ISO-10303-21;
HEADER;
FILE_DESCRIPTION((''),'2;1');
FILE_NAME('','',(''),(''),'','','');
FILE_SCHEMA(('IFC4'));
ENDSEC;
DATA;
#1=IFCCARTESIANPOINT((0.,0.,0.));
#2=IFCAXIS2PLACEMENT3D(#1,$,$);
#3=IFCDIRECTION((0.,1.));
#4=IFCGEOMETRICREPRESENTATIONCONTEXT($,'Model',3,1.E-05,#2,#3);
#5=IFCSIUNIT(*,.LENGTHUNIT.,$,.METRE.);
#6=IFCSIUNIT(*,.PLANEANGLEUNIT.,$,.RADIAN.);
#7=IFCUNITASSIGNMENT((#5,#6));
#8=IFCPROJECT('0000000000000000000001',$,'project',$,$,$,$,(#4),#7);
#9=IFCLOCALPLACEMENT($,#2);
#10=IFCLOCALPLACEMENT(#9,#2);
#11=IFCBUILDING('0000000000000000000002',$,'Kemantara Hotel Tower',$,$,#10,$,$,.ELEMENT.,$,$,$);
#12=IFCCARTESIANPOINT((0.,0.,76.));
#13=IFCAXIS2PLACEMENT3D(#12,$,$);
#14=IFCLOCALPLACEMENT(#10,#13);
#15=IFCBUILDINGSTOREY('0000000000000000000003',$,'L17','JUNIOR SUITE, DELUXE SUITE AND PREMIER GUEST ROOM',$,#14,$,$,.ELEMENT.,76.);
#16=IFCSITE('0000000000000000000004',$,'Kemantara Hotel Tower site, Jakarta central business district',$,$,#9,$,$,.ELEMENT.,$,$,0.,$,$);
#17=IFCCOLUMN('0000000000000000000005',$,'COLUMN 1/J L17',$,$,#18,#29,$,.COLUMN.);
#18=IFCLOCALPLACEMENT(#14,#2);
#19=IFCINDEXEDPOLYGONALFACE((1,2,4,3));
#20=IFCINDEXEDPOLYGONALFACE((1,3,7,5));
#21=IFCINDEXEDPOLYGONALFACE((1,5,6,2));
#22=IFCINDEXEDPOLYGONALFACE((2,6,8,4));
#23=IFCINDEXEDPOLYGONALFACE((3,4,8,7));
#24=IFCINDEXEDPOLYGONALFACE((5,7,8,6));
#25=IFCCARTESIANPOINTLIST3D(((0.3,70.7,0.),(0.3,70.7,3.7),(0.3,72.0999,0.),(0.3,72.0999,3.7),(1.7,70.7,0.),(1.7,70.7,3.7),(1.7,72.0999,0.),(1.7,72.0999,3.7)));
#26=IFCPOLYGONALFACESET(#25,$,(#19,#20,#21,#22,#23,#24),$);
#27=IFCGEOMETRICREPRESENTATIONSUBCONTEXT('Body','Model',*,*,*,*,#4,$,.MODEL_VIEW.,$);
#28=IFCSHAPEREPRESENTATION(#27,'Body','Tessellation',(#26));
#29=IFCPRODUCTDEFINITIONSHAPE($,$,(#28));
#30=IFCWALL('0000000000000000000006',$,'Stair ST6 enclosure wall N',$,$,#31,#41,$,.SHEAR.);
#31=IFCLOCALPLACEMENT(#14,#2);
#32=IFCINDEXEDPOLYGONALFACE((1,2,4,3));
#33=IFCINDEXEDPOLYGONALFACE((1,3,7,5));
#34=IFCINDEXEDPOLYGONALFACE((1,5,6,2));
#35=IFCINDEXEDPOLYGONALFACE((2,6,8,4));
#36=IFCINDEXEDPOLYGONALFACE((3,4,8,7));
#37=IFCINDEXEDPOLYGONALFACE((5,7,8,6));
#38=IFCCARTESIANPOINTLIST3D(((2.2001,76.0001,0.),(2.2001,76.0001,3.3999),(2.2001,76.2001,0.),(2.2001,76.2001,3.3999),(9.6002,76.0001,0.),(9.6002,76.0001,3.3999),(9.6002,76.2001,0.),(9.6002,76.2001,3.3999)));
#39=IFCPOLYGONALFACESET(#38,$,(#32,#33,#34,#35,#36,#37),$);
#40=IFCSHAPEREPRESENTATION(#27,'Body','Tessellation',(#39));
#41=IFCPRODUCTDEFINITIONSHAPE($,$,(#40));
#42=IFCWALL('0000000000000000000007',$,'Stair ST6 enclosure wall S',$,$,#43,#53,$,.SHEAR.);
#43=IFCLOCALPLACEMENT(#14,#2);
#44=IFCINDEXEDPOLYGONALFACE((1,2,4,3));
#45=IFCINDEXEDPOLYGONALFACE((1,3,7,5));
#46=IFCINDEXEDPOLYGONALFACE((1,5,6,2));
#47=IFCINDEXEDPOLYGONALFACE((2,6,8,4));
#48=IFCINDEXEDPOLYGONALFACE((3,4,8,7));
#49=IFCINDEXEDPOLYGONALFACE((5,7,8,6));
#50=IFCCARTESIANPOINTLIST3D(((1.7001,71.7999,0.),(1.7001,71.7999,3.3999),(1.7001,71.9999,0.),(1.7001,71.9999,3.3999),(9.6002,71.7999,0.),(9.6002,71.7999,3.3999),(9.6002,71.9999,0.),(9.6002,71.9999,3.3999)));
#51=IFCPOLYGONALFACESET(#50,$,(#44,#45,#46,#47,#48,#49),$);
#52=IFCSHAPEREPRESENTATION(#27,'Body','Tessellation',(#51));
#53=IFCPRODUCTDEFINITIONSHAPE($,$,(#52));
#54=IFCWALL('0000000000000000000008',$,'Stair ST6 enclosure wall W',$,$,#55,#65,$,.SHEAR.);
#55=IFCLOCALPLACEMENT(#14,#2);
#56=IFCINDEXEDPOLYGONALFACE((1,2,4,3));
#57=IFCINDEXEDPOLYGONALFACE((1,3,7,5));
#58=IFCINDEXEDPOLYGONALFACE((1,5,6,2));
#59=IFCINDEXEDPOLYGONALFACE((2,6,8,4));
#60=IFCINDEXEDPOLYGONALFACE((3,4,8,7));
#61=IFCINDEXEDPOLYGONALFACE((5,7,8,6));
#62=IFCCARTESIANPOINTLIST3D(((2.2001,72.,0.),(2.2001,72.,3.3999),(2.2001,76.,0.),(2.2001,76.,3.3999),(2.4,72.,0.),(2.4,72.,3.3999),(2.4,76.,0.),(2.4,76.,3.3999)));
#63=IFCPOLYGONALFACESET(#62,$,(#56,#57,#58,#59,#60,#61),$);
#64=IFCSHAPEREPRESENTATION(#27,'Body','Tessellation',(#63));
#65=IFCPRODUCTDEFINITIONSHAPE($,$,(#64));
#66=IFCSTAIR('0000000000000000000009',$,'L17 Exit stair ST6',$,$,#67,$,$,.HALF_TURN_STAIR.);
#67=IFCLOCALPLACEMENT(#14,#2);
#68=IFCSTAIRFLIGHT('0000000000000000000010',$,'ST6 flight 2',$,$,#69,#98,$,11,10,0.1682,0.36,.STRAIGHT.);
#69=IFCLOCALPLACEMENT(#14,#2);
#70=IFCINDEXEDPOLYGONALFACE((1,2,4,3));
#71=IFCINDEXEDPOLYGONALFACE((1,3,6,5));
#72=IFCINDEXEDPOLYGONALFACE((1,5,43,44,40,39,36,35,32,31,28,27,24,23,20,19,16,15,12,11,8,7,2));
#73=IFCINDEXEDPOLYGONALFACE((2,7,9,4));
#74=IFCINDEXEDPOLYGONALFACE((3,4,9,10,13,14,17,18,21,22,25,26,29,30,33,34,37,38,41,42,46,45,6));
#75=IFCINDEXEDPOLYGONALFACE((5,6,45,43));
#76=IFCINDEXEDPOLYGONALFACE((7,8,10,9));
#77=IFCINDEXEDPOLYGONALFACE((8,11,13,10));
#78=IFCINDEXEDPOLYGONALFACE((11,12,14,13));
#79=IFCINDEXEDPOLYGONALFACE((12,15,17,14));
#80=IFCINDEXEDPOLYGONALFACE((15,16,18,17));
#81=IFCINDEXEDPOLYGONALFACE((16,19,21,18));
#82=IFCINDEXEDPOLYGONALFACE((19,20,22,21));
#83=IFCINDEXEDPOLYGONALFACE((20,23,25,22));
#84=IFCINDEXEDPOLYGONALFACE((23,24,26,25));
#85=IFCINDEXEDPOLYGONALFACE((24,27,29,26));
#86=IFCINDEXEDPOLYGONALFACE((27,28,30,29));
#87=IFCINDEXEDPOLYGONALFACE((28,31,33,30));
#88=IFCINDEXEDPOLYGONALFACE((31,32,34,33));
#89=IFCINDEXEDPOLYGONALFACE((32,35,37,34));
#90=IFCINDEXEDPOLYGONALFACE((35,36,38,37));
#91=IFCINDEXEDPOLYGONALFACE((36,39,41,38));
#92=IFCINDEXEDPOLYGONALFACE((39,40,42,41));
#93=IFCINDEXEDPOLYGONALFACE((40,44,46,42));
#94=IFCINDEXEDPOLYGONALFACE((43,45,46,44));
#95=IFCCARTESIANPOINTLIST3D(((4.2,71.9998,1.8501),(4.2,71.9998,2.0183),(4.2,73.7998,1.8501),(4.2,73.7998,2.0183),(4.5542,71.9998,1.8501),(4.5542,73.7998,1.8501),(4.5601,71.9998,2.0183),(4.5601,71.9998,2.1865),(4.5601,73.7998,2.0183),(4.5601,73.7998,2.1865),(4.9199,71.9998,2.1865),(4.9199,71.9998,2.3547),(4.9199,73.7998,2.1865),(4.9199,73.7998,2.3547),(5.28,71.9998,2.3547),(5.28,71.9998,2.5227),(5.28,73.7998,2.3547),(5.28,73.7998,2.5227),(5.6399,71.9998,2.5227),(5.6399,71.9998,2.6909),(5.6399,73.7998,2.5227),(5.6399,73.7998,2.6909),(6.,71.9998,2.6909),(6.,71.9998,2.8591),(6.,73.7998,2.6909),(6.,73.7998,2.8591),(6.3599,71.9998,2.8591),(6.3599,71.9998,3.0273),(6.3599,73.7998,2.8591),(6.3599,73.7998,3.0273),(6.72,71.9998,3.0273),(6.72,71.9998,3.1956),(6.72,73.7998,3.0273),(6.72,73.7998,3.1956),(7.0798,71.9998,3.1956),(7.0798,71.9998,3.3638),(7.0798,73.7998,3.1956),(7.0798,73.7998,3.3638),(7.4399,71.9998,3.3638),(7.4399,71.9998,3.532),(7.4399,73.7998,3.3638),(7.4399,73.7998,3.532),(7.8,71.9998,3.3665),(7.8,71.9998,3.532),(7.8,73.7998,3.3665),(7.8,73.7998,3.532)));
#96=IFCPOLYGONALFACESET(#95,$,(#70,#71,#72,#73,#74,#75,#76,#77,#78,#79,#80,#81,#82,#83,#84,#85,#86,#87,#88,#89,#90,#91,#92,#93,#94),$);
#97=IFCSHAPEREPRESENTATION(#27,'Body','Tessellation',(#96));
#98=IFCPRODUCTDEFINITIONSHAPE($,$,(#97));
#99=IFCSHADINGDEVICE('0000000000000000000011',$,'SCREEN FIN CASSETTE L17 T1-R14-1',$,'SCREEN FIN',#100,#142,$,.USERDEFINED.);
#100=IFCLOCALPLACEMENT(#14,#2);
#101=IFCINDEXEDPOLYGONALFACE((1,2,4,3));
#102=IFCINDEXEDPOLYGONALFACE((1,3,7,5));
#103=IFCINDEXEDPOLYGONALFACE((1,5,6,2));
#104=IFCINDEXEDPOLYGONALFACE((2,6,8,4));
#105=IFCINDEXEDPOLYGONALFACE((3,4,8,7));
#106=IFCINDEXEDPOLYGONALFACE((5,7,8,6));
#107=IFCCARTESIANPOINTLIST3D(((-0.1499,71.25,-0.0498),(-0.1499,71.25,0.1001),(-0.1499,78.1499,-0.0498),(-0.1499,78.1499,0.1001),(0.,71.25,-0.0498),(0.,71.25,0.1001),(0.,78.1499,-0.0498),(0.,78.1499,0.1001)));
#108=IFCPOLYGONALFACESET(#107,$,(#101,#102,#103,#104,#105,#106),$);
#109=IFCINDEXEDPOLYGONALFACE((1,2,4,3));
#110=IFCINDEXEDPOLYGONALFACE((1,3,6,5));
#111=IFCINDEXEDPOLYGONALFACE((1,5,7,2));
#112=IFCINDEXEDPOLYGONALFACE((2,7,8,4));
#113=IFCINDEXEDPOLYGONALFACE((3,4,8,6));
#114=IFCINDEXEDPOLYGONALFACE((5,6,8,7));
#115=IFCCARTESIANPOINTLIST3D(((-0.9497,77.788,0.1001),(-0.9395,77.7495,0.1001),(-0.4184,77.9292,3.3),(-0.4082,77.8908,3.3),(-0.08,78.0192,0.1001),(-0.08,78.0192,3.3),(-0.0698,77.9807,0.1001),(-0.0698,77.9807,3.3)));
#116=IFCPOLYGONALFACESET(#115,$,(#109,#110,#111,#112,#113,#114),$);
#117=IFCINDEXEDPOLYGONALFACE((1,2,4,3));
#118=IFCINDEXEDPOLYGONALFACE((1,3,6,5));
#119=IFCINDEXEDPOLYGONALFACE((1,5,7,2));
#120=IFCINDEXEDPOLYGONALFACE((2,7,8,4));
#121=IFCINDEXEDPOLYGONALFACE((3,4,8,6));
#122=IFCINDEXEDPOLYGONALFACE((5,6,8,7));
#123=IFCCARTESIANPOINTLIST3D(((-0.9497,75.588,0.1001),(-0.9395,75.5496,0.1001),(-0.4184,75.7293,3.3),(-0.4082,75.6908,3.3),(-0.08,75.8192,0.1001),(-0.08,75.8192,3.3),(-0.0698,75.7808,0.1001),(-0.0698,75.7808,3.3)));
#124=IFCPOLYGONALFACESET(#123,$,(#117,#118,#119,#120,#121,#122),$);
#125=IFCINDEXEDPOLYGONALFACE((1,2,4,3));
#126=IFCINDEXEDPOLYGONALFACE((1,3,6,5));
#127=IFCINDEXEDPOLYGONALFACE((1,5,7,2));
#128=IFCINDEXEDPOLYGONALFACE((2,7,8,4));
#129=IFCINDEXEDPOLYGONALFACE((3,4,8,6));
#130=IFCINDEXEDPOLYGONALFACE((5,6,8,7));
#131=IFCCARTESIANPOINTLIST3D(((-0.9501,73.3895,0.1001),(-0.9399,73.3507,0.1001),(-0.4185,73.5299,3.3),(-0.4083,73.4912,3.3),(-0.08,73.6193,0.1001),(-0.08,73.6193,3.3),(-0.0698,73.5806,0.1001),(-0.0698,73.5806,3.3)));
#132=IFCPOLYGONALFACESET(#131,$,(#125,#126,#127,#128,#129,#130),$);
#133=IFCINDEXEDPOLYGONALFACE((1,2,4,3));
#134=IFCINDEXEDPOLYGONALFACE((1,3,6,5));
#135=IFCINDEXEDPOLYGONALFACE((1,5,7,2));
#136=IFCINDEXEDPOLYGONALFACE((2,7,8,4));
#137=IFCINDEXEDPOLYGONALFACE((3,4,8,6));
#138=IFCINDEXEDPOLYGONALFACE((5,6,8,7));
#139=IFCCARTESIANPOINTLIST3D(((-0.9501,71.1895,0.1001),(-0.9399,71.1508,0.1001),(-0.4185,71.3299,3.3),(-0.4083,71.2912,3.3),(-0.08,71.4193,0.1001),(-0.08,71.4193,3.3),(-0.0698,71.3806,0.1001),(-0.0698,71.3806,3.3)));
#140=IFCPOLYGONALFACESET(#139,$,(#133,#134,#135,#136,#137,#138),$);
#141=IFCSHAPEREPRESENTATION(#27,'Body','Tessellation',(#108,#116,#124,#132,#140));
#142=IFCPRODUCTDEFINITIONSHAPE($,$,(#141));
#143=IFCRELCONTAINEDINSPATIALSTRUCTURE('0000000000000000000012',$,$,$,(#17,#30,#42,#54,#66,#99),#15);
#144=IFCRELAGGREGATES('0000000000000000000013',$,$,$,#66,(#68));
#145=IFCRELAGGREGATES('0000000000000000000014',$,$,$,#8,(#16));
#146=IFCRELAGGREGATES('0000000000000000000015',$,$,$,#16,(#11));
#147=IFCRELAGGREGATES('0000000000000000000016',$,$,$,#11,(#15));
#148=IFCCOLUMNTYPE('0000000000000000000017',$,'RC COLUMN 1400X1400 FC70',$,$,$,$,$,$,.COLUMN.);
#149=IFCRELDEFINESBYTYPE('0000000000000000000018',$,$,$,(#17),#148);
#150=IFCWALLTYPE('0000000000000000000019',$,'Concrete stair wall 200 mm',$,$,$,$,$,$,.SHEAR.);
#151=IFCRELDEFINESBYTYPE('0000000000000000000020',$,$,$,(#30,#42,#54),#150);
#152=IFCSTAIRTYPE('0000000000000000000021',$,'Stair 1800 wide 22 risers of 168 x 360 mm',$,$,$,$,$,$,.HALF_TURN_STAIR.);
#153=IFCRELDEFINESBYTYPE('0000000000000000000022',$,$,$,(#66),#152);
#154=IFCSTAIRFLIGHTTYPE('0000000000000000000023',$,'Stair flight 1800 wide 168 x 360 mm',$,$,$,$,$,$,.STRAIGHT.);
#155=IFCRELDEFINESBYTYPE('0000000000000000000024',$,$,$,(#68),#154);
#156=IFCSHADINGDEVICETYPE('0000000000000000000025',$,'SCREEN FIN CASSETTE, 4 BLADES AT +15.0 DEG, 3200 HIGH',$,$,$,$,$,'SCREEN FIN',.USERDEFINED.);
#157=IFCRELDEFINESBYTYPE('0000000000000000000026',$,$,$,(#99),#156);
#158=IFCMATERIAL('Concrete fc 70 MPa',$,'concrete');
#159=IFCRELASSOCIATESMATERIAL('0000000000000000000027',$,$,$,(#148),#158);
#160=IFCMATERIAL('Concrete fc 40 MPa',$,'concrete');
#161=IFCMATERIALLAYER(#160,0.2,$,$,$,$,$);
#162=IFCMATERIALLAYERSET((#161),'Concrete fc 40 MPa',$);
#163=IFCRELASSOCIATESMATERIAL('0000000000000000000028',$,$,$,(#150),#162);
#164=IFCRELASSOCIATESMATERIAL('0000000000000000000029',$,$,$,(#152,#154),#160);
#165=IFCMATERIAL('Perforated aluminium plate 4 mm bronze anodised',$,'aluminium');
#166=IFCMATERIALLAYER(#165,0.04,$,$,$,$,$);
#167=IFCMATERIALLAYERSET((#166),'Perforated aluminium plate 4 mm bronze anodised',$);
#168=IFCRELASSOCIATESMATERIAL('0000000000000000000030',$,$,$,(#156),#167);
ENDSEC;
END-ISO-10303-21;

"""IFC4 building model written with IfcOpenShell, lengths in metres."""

from ifc_helpers import new_model, si_unit, direction, frame, frame_2d, origin, origin_2d, place, context, subcontext, project, spatial, polyline, rectangle, outline, extrude, source, transform, mapped, material, layer, layer_set, material_profile, profile_set, type_object, element, aggregate, save


model = new_model("IFC4")

# Units and contexts
model_context = context("Model", 3, precision=1e-05, world=origin(), true_north=direction((0.0, 1.0)))
body_context = subcontext(model_context, "Body", "Model", "MODEL_VIEW")
ifc_project = project(units=[si_unit("LENGTHUNIT", "METRE"), si_unit("PLANEANGLEUNIT", "RADIAN")], contexts=[model_context])

# Site, building, storey
site_placement = place(None, origin())
site = spatial("IfcSite", under=ifc_project, at=site_placement, Name="Kemantara Hotel Tower site, Jakarta central business district", CompositionType="ELEMENT", RefElevation=0.0)
building_placement = place(site_placement, origin())
building = spatial("IfcBuilding", under=site, at=building_placement, Name="Kemantara Hotel Tower", CompositionType="ELEMENT")
storey_placement = place(building_placement, frame((0.0, 0.0, 76.0)))
storey = spatial("IfcBuildingStorey", under=building, at=storey_placement, Name="L17", Description="JUNIOR SUITE, DELUXE SUITE AND PREMIER GUEST ROOM", CompositionType="ELEMENT", Elevation=76.0)

# Column
ifc_material_1 = material(Name="Concrete fc 70 MPa", Category="concrete")
ifc_material_profile = material_profile(ifc_material_1, rectangle(XDim=1.3999, YDim=1.3999, at=origin_2d()), Name="RC 1400X1400")
ifc_profile_set = profile_set([ifc_material_profile], Name="Concrete fc 70 MPa")
column_type = type_object("IfcColumnType", Name="RC COLUMN 1400X1400 FC70", PredefinedType="COLUMN", material=ifc_profile_set)
column_placement = place(storey_placement, frame((1.0, 71.3999, 0.0), z_axis=(0.0, 0.0, 1.0), x_axis=(1.0, 0.0, 0.0)))
element("IfcColumn", 1, at=column_placement, inside=storey, type_object=column_type, Name="COLUMN 1/J L17", PredefinedType="COLUMN", context=body_context, shape_type="SweptSolid", body=[
    extrude(rectangle(XDim=1.3999, YDim=1.3999, at=origin_2d()), origin(), (0.0, 0.0, 1.0), 3.7),
])

# Walls
ifc_material_2 = material(Name="Concrete fc 40 MPa", Category="concrete")
ifc_layer_1 = layer(ifc_material_2, 0.2)
ifc_layer_set_1 = layer_set([ifc_layer_1], Name="Concrete fc 40 MPa")
wall_type = type_object("IfcWallType", Name="Concrete stair wall 200 mm", PredefinedType="SHEAR", material=ifc_layer_set_1)
wall_1_placement = place(storey_placement, frame((2.2, 76.1001, 0.0), z_axis=(0.0, 0.0, 1.0), x_axis=(1.0, 0.0, 0.0)))
element("IfcWall", 2, at=wall_1_placement, inside=storey, type_object=wall_type, Name="Stair ST6 enclosure wall N", PredefinedType="SHEAR", context=body_context, shape_type="SweptSolid", body=[
    extrude(rectangle(XDim=7.4001, YDim=0.2, at=frame_2d((3.7002, 0.0))), origin(), (0.0, 0.0, 1.0), 3.3999),
])
wall_2_placement = place(storey_placement, frame((1.7, 71.8999, 0.0), z_axis=(0.0, 0.0, 1.0), x_axis=(1.0, 0.0, 0.0)))
element("IfcWall", 3, at=wall_2_placement, inside=storey, type_object=wall_type, Name="Stair ST6 enclosure wall S", PredefinedType="SHEAR", context=body_context, shape_type="SweptSolid", body=[
    extrude(rectangle(XDim=7.9001, YDim=0.2, at=frame_2d((3.9502, 0.0))), origin(), (0.0, 0.0, 1.0), 3.3999),
])
wall_3_placement = place(storey_placement, frame((2.3, 72.0, 0.0), z_axis=(0.0, 0.0, 1.0), x_axis=(0.0, 1.0, 0.0)))
element("IfcWall", 4, at=wall_3_placement, inside=storey, type_object=wall_type, Name="Stair ST6 enclosure wall W", PredefinedType="SHEAR", context=body_context, shape_type="SweptSolid", body=[
    extrude(rectangle(XDim=4.0, YDim=0.2, at=frame_2d((2.0, 0.0))), origin(), (0.0, 0.0, 1.0), 3.3999),
])

# Stair, stair flight
stair_type = type_object("IfcStairType", Name="Stair 1800 wide 22 risers of 168 x 360 mm", PredefinedType="HALF_TURN_STAIR", material=ifc_material_2)
stair_placement = place(storey_placement, origin())
stair = element("IfcStair", 5, at=stair_placement, inside=storey, type_object=stair_type, Name="L17 Exit stair ST6", PredefinedType="HALF_TURN_STAIR")
stair_flight_type = type_object("IfcStairFlightType", Name="Stair flight 1800 wide 168 x 360 mm", PredefinedType="STRAIGHT", material=ifc_material_2)
stair_flight_placement = place(storey_placement, frame((4.2, 72.8999, 1.8501), z_axis=(0.0, 0.0, 1.0), x_axis=(1.0, 0.0, 0.0)))
stair_flight = element("IfcStairFlight", 6, at=stair_flight_placement, type_object=stair_flight_type, Name="ST6 flight 2", NumberOfRisers=11, NumberOfTreads=10, PredefinedType="STRAIGHT", RiserHeight=0.1682, TreadLength=0.36, context=body_context, shape_type="SweptSolid", body=[
    extrude(outline(polyline([(0.0, 0.0), (0.0, 0.1682), (0.3601, 0.1682), (0.3601, 0.3364), (0.72, 0.3364), (0.72, 0.5046), (1.0801, 0.5046), (1.0801, 0.6726), (1.4399, 0.6726), (1.4399, 0.8408), (1.8, 0.8408), (1.8, 1.009), (2.1599, 1.009), (2.1599, 1.1772), (2.52, 1.1772), (2.52, 1.3455), (2.8799, 1.3455), (2.8799, 1.5137), (3.24, 1.5137), (3.24, 1.6819), (3.6001, 1.6819), (3.6001, 1.8501), (3.6001, 1.5164), (0.3542, 0.0), (0.0, 0.0)])), frame((0.0, 0.8999, 0.0), z_axis=(0.0, -1.0, 0.0), x_axis=(1.0, 0.0, 0.0)), (0.0, 0.0, 1.0), 1.8),
])
aggregate(stair, [stair_flight])

# Shading device
ifc_material_3 = material(Name="Perforated aluminium plate 4 mm bronze anodised", Category="aluminium")
ifc_layer_2 = layer(ifc_material_3, 0.04)
ifc_layer_set_2 = layer_set([ifc_layer_2], Name="Perforated aluminium plate 4 mm bronze anodised")
shading_device_type = type_object("IfcShadingDeviceType", Name="SCREEN FIN CASSETTE, 4 BLADES AT +15.0 DEG, 3200 HIGH", ElementType="SCREEN FIN", PredefinedType="USERDEFINED", material=ifc_layer_set_2)
shared_shape = source(origin(), body_context, "Body", "SweptSolid", [
    extrude(rectangle(XDim=6.8999, YDim=0.1499, at=origin_2d()), frame((3.3, -0.075, -0.1499), z_axis=(0.0, 0.0, 1.0), x_axis=(1.0, 0.0, 0.0)), (0.0, 0.0, 1.0), 0.1499),
    extrude(outline(polyline([(0.0, 0.0), (0.8999, 0.0), (0.3501, 3.2), (0.0, 3.2), (0.0, 0.0)])), frame((0.0193, -0.0698, 0.0), z_axis=(-0.966438, -0.256901, 0.0), x_axis=(0.256901, -0.966438, 0.0)), (0.0, 0.0, 1.0), 0.0398),
    extrude(outline(polyline([(0.0, 0.0), (0.8999, 0.0), (0.3501, 3.2), (0.0, 3.2), (0.0, 0.0)])), frame((2.2192, -0.0698, 0.0), z_axis=(-0.966438, -0.256901, 0.0), x_axis=(0.256901, -0.966438, 0.0)), (0.0, 0.0, 1.0), 0.0398),
    extrude(outline(polyline([(0.0, 0.0), (0.8999, 0.0), (0.3501, 3.2), (0.0, 3.2), (0.0, 0.0)])), frame((4.4194, -0.0698, 0.0), z_axis=(-0.966838, -0.255391, 0.0), x_axis=(0.255391, -0.966838, 0.0)), (0.0, 0.0, 1.0), 0.04),
    extrude(outline(polyline([(0.0, 0.0), (0.8999, 0.0), (0.3501, 3.2), (0.0, 3.2), (0.0, 0.0)])), frame((6.6194, -0.0698, 0.0), z_axis=(-0.966838, -0.255391, 0.0), x_axis=(0.255391, -0.966838, 0.0)), (0.0, 0.0, 1.0), 0.04),
])
shading_device_placement = place(storey_placement, frame((0.0, 78.0, 0.1001), z_axis=(0.0, 0.0, 1.0), x_axis=(0.0, -1.0, 0.0)))
element("IfcShadingDevice", 7, at=shading_device_placement, inside=storey, type_object=shading_device_type, Name="SCREEN FIN CASSETTE L17 T1-R14-1", ObjectType="SCREEN FIN", PredefinedType="USERDEFINED", context=body_context, shape_type="MappedRepresentation", body=[
    mapped(shared_shape, transform((0.0, 0.0, 0.0))),
])

save(model, "model.ifc")
